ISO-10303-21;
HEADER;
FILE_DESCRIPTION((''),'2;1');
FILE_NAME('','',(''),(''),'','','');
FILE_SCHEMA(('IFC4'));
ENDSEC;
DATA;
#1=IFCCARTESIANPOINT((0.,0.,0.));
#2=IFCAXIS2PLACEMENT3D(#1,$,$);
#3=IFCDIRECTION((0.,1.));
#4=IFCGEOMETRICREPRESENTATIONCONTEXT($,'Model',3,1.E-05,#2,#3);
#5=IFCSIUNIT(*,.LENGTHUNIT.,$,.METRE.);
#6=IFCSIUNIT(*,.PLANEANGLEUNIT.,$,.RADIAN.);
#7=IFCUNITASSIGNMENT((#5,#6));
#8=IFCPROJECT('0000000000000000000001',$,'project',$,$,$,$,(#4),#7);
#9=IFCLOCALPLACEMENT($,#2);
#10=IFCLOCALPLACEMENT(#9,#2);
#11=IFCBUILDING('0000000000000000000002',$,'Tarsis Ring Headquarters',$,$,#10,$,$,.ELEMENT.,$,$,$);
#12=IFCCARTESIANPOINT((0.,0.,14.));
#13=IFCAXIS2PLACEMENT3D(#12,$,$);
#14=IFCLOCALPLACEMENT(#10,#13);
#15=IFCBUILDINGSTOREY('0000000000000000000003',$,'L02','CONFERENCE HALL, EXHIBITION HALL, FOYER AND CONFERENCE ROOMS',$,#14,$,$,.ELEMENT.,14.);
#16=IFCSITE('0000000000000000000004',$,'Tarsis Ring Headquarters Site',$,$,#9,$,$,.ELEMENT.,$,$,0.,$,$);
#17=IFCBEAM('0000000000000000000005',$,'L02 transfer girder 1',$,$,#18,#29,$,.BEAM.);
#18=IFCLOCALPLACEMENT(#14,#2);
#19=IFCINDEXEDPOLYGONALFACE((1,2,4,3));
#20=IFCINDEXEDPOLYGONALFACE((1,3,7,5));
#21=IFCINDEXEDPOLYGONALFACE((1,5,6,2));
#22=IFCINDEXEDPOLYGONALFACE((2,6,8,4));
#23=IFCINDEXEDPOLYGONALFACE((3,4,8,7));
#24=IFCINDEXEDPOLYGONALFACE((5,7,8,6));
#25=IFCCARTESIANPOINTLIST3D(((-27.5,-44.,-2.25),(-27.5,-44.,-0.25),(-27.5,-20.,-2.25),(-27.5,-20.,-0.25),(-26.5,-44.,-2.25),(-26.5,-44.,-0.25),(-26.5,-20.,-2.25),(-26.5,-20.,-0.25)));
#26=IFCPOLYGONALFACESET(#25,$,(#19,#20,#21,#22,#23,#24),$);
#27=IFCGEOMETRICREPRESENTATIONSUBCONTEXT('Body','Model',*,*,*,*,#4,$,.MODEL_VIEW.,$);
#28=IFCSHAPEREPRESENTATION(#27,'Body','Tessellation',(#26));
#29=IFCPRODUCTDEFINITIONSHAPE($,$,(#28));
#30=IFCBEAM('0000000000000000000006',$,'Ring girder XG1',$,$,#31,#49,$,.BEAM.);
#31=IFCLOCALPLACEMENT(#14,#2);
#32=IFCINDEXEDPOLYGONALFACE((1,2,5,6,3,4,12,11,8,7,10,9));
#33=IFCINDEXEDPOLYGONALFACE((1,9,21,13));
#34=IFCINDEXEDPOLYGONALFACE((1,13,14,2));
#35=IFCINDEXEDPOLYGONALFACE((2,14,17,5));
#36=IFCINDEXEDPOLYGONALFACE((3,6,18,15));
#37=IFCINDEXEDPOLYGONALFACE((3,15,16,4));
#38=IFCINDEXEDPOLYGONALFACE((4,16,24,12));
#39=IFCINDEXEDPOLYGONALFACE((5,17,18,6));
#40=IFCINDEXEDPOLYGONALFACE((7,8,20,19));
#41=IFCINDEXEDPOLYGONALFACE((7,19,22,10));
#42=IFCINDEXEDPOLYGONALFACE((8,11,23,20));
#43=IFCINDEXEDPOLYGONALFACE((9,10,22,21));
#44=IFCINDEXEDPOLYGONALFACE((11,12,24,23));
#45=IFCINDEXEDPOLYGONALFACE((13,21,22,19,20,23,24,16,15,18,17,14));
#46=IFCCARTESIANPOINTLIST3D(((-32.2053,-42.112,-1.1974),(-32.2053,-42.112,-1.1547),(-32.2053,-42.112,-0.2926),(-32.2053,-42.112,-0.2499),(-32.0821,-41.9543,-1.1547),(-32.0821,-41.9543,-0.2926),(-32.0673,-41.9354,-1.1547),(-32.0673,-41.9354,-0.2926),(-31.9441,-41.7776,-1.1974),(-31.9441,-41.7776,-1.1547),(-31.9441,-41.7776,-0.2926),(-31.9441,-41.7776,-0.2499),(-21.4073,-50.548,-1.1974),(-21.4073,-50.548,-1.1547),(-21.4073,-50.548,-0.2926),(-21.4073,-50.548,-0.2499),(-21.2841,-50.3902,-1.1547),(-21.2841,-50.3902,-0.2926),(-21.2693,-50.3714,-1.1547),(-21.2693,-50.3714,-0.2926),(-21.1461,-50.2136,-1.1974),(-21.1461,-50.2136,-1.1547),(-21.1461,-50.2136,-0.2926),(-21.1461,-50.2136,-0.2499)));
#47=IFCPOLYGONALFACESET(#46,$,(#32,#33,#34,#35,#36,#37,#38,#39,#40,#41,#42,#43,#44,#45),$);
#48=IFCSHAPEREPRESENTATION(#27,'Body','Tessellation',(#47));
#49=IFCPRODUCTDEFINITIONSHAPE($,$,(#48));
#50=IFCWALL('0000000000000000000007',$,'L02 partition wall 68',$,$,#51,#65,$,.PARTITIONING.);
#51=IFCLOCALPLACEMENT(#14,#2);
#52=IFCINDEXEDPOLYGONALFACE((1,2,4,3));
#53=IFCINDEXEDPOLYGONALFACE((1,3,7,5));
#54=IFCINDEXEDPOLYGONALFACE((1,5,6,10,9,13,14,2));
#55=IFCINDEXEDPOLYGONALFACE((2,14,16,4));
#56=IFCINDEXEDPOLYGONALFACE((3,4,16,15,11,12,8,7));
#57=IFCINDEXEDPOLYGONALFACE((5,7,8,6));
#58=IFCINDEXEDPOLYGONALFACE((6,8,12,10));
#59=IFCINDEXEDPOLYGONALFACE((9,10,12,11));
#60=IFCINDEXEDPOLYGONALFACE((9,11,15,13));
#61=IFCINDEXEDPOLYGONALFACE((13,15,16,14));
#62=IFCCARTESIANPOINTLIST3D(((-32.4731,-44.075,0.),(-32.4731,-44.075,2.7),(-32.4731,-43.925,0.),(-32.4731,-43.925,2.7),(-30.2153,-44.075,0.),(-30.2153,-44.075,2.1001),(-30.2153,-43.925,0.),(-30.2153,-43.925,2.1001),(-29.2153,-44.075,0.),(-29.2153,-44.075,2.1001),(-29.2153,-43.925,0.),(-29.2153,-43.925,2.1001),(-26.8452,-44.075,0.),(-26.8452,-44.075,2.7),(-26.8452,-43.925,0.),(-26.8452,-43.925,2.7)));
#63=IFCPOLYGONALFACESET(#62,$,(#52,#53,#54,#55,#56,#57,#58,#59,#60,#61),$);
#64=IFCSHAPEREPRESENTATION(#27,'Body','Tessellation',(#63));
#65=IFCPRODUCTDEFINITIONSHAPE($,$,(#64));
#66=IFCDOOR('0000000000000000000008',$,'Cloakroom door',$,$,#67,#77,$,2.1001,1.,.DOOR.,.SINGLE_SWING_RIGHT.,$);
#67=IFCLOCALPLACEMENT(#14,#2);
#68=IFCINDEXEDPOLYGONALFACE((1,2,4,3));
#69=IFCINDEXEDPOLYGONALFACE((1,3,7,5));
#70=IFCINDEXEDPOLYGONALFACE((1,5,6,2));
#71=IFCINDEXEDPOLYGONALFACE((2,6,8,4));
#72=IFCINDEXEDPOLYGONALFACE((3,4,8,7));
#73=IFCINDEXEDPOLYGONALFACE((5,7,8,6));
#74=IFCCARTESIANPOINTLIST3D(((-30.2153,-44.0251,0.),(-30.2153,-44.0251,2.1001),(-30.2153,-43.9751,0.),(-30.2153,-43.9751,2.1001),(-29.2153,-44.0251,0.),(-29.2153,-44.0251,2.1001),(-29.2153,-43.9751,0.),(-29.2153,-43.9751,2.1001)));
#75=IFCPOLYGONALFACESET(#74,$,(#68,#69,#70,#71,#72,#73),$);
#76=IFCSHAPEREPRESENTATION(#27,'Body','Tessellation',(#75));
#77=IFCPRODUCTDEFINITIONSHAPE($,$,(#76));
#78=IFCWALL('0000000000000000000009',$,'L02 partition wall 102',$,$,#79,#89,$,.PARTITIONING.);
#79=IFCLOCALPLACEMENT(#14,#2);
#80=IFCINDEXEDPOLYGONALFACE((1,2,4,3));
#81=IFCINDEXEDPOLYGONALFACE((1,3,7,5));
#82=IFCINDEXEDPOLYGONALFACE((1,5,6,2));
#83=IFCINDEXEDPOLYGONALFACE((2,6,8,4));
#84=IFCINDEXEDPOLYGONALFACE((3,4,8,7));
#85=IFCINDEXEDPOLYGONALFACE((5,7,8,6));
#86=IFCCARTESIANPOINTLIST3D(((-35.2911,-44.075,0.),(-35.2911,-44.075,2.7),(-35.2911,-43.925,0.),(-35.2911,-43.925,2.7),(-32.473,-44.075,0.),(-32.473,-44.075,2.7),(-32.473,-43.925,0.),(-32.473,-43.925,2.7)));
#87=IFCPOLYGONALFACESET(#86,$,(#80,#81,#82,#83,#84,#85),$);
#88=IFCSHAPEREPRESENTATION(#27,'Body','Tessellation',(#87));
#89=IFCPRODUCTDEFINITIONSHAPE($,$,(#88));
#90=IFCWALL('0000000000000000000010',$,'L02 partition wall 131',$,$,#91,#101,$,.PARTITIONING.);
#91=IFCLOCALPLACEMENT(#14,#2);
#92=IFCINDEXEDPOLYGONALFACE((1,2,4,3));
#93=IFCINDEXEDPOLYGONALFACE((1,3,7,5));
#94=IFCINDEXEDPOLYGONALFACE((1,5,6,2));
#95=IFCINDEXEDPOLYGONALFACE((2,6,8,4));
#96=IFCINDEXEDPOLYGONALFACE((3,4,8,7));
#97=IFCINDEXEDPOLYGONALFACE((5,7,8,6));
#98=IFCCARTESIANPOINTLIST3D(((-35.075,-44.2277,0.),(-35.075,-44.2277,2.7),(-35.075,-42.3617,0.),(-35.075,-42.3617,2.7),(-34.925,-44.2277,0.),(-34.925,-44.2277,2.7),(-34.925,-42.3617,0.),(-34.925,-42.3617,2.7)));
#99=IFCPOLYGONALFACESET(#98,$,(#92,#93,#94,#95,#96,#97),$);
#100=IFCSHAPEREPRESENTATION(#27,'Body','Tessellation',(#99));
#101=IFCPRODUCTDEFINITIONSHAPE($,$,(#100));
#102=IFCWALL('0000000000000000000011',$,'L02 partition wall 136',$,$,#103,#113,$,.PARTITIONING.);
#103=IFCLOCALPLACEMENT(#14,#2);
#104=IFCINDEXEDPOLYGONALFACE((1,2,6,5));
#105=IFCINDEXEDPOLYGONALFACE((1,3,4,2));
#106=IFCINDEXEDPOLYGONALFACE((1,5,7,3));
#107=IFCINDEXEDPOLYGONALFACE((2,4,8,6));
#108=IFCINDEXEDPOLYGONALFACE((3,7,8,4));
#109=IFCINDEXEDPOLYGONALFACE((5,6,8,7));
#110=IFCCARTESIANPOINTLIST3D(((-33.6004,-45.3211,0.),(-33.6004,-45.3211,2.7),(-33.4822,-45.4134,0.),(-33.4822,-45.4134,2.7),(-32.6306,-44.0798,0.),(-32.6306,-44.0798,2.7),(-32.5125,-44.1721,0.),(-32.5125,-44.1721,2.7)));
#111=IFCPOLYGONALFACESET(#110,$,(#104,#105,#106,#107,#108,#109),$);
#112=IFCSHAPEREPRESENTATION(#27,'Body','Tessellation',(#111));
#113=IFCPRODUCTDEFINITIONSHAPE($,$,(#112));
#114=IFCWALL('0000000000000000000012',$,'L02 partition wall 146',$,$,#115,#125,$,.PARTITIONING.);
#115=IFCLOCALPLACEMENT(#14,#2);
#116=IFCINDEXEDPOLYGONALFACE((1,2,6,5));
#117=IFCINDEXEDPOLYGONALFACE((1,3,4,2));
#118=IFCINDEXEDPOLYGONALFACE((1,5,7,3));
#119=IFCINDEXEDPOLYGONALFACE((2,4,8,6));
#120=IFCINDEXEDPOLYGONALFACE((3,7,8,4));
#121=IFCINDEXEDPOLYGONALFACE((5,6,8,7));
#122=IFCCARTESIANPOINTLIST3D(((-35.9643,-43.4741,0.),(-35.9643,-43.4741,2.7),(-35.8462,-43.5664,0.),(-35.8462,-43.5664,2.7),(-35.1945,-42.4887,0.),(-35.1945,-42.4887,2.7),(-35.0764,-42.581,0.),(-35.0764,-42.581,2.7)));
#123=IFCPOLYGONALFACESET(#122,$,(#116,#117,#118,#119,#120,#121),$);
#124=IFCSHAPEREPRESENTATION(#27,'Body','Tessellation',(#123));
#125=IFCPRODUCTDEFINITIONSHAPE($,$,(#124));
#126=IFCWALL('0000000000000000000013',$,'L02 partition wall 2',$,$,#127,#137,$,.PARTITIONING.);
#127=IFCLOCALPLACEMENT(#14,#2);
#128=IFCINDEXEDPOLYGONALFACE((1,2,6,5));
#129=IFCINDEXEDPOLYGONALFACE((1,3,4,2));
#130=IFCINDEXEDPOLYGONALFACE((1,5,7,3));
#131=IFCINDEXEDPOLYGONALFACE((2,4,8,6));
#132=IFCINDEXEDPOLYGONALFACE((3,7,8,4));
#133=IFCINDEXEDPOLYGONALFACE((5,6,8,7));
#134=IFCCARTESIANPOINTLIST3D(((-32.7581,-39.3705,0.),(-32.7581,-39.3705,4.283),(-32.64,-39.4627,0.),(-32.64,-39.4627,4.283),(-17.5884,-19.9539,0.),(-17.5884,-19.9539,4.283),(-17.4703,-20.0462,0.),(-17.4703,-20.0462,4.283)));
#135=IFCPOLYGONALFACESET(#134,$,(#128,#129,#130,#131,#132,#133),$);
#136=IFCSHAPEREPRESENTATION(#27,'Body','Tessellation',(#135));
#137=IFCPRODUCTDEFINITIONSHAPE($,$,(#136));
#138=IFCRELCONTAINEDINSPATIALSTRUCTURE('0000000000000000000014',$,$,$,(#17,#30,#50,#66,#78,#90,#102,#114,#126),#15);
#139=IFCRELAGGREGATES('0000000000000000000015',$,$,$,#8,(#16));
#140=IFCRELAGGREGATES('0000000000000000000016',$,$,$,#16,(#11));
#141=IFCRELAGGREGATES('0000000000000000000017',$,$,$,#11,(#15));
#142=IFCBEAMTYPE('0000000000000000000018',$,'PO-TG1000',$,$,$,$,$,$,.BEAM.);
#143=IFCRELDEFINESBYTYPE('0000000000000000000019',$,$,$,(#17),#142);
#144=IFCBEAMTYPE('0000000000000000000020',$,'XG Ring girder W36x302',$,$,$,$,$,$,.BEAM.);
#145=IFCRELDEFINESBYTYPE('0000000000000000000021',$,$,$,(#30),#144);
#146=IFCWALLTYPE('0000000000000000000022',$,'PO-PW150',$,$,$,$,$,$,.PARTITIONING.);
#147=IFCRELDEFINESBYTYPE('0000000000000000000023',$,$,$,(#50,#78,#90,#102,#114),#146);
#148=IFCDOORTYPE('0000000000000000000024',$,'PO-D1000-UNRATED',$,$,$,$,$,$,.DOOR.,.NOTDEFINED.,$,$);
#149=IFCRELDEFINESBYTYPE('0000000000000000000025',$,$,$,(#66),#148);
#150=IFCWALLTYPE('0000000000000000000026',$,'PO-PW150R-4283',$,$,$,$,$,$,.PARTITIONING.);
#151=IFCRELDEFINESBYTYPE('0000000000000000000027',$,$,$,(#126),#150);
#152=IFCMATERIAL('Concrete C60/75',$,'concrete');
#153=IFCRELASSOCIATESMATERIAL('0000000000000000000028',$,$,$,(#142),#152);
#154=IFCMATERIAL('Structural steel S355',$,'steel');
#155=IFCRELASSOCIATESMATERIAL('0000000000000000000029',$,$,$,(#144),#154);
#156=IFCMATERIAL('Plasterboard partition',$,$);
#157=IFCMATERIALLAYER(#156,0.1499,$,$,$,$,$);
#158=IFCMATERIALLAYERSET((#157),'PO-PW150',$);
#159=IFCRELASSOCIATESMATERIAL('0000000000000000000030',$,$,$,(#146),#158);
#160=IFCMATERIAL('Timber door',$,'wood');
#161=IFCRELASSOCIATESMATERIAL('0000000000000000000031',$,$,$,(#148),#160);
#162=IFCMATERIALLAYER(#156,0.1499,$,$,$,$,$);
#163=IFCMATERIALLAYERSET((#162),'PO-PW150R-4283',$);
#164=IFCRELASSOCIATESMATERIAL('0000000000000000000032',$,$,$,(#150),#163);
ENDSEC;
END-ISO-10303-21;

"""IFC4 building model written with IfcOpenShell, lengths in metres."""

from ifc_helpers import new_model, si_unit, direction, frame, frame_2d, origin, origin_2d, place, context, subcontext, project, spatial, rectangle, i_section, extrude, material, layer, layer_set, material_profile, profile_set, type_object, element, fill, save


model = new_model("IFC4")

# Units and contexts
model_context = context("Model", 3, precision=1e-05, world=origin(), true_north=direction((0.0, 1.0)))
body_context = subcontext(model_context, "Body", "Model", "MODEL_VIEW")
ifc_project = project(units=[si_unit("LENGTHUNIT", "METRE"), si_unit("PLANEANGLEUNIT", "RADIAN")], contexts=[model_context])

# Site, building, storey
site_placement = place(None, origin())
site = spatial("IfcSite", under=ifc_project, at=site_placement, Name="Tarsis Ring Headquarters Site", CompositionType="ELEMENT", RefElevation=0.0)
building_placement = place(site_placement, origin())
building = spatial("IfcBuilding", under=site, at=building_placement, Name="Tarsis Ring Headquarters", CompositionType="ELEMENT")
storey_placement = place(building_placement, frame((0.0, 0.0, 14.0)))
storey = spatial("IfcBuildingStorey", under=building, at=storey_placement, Name="L02", Description="CONFERENCE HALL, EXHIBITION HALL, FOYER AND CONFERENCE ROOMS", CompositionType="ELEMENT", Elevation=14.0)

# Shared definitions
ifc_material_1 = material(Name="Concrete C60/75", Category="concrete")

# Beams
ifc_material_profile_1 = material_profile(ifc_material_1, rectangle(XDim=1.0, YDim=2.0, at=origin_2d()), Name="PO-TG1000")
ifc_profile_set_1 = profile_set([ifc_material_profile_1], Name="Concrete C60/75")
beam_type_1 = type_object("IfcBeamType", Name="PO-TG1000", PredefinedType="BEAM", material=ifc_profile_set_1)
beam_1_placement = place(storey_placement, frame((-27.0, -44.0, -1.25), z_axis=(0.0, 1.0, 0.0), x_axis=(-1.0, 0.0, 0.0)))
element("IfcBeam", 1, at=beam_1_placement, inside=storey, type_object=beam_type_1, Name="L02 transfer girder 1", PredefinedType="BEAM", context=body_context, shape_type="SweptSolid", body=[
    extrude(rectangle(XDim=1.0, YDim=2.0, at=origin_2d()), origin(), (0.0, 0.0, 1.0), 24.0),
])
ifc_material_2 = material(Name="Structural steel S355", Category="steel")
ifc_material_profile_2 = material_profile(ifc_material_2, i_section(OverallWidth=0.4243, OverallDepth=0.9475, WebThickness=0.0239, FlangeThickness=0.0427, at=origin_2d()), Name="W36x302")
ifc_profile_set_2 = profile_set([ifc_material_profile_2], Name="Structural steel S355")
beam_type_2 = type_object("IfcBeamType", Name="XG Ring girder W36x302", PredefinedType="BEAM", material=ifc_profile_set_2)
beam_2_placement = place(storey_placement, frame((-32.0747, -41.9448, -0.7236), z_axis=(0.788024, -0.615645, 0.0), x_axis=(0.615645, 0.788024, 0.0)))
element("IfcBeam", 2, at=beam_2_placement, inside=storey, type_object=beam_type_2, Name="Ring girder XG1", PredefinedType="BEAM", context=body_context, shape_type="SweptSolid", body=[
    extrude(i_section(OverallWidth=0.4243, OverallDepth=0.9475, WebThickness=0.0239, FlangeThickness=0.0427, at=origin_2d()), origin(), (0.0, 0.0, 1.0), 13.7026),
])

# Wall, opening, door
ifc_material_3 = material(Name="Plasterboard partition")
ifc_layer_1 = layer(ifc_material_3, 0.1499)
ifc_layer_set_1 = layer_set([ifc_layer_1], Name="PO-PW150")
wall_type_1 = type_object("IfcWallType", Name="PO-PW150", PredefinedType="PARTITIONING", material=ifc_layer_set_1)
wall_1_placement = place(storey_placement, frame((-32.4731, -44.0, 0.0), z_axis=(0.0, 0.0, 1.0), x_axis=(1.0, 0.0, 0.0)))
wall_1 = element("IfcWall", 3, at=wall_1_placement, inside=storey, type_object=wall_type_1, Name="L02 partition wall 68", PredefinedType="PARTITIONING", context=body_context, shape_type="SweptSolid", body=[
    extrude(rectangle(XDim=5.6279, YDim=0.1499, at=frame_2d((2.814, 0.0))), origin(), (0.0, 0.0, 1.0), 2.7),
])
opening_placement = place(wall_1_placement, frame((2.2578, 0.0, 0.0)))
opening = element("IfcOpeningElement", 4, at=opening_placement, cuts=wall_1, PredefinedType="OPENING", context=body_context, shape_type="SweptSolid", body=[
    extrude(rectangle(XDim=1.0, YDim=2.1001, at=frame_2d((0.5, 1.05))), frame((0.0, 0.085, 0.0), z_axis=(0.0, -1.0, 0.0), x_axis=(1.0, 0.0, 0.0)), (0.0, 0.0, 1.0), 0.1699),
])
ifc_material_4 = material(Name="Timber door", Category="wood")
door_type = type_object("IfcDoorType", Name="PO-D1000-UNRATED", OperationType="NOTDEFINED", PredefinedType="DOOR", material=ifc_material_4)
door_placement = place(opening_placement, origin())
door = element("IfcDoor", 5, at=door_placement, inside=storey, type_object=door_type, Name="Cloakroom door", OperationType="SINGLE_SWING_RIGHT", OverallHeight=2.1001, OverallWidth=1.0, PredefinedType="DOOR", context=body_context, shape_type="SweptSolid", body=[
    extrude(rectangle(XDim=1.0, YDim=2.1001, at=frame_2d((0.5, 1.05))), frame((0.0, 0.0249, 0.0), z_axis=(0.0, -1.0, 0.0), x_axis=(1.0, 0.0, 0.0)), (0.0, 0.0, 1.0), 0.05),
])
fill(opening, door)

# Walls
wall_2_placement = place(storey_placement, frame((-35.2913, -44.0, 0.0), z_axis=(0.0, 0.0, 1.0), x_axis=(1.0, 0.0, 0.0)))
element("IfcWall", 6, at=wall_2_placement, inside=storey, type_object=wall_type_1, Name="L02 partition wall 102", PredefinedType="PARTITIONING", context=body_context, shape_type="SweptSolid", body=[
    extrude(rectangle(XDim=2.8181, YDim=0.1499, at=frame_2d((1.4092, 0.0))), origin(), (0.0, 0.0, 1.0), 2.7),
])
wall_3_placement = place(storey_placement, frame((-35.0, -42.3616, 0.0), z_axis=(0.0, 0.0, 1.0), x_axis=(0.0, -1.0, 0.0)))
element("IfcWall", 7, at=wall_3_placement, inside=storey, type_object=wall_type_1, Name="L02 partition wall 131", PredefinedType="PARTITIONING", context=body_context, shape_type="SweptSolid", body=[
    extrude(rectangle(XDim=1.866, YDim=0.1499, at=frame_2d((0.9331, 0.0))), origin(), (0.0, 0.0, 1.0), 2.7),
])
wall_4_placement = place(storey_placement, frame((-32.5715, -44.126, 0.0), z_axis=(0.0, 0.0, 1.0), x_axis=(-0.615656, -0.788015, 0.0)))
element("IfcWall", 8, at=wall_4_placement, inside=storey, type_object=wall_type_1, Name="L02 partition wall 136", PredefinedType="PARTITIONING", context=body_context, shape_type="SweptSolid", body=[
    extrude(rectangle(XDim=1.5752, YDim=0.1499, at=frame_2d((0.7876, 0.0))), origin(), (0.0, 0.0, 1.0), 2.7),
])
wall_5_placement = place(storey_placement, frame((-35.9053, -43.5203, 0.0), z_axis=(0.0, 0.0, 1.0), x_axis=(0.615629, 0.788036, 0.0)))
element("IfcWall", 9, at=wall_5_placement, inside=storey, type_object=wall_type_1, Name="L02 partition wall 146", PredefinedType="PARTITIONING", context=body_context, shape_type="SweptSolid", body=[
    extrude(rectangle(XDim=1.2505, YDim=0.1499, at=frame_2d((0.6252, 0.0))), origin(), (0.0, 0.0, 1.0), 2.7),
])
ifc_layer_2 = layer(ifc_material_3, 0.1499)
ifc_layer_set_2 = layer_set([ifc_layer_2], Name="PO-PW150R-4283")
wall_type_2 = type_object("IfcWallType", Name="PO-PW150R-4283", PredefinedType="PARTITIONING", material=ifc_layer_set_2)
wall_6_placement = place(storey_placement, frame((-32.699, -39.4165, 0.0), z_axis=(0.0, 0.0, 1.0), x_axis=(0.615658, 0.788014, 0.0)))
element("IfcWall", 10, at=wall_6_placement, inside=storey, type_object=wall_type_2, Name="L02 partition wall 2", PredefinedType="PARTITIONING", context=body_context, shape_type="SweptSolid", body=[
    extrude(rectangle(XDim=24.6399, YDim=0.1499, at=frame_2d((12.3198, 0.0))), origin(), (0.0, 0.0, 1.0), 4.283),
])

save(model, "model.ifc")
